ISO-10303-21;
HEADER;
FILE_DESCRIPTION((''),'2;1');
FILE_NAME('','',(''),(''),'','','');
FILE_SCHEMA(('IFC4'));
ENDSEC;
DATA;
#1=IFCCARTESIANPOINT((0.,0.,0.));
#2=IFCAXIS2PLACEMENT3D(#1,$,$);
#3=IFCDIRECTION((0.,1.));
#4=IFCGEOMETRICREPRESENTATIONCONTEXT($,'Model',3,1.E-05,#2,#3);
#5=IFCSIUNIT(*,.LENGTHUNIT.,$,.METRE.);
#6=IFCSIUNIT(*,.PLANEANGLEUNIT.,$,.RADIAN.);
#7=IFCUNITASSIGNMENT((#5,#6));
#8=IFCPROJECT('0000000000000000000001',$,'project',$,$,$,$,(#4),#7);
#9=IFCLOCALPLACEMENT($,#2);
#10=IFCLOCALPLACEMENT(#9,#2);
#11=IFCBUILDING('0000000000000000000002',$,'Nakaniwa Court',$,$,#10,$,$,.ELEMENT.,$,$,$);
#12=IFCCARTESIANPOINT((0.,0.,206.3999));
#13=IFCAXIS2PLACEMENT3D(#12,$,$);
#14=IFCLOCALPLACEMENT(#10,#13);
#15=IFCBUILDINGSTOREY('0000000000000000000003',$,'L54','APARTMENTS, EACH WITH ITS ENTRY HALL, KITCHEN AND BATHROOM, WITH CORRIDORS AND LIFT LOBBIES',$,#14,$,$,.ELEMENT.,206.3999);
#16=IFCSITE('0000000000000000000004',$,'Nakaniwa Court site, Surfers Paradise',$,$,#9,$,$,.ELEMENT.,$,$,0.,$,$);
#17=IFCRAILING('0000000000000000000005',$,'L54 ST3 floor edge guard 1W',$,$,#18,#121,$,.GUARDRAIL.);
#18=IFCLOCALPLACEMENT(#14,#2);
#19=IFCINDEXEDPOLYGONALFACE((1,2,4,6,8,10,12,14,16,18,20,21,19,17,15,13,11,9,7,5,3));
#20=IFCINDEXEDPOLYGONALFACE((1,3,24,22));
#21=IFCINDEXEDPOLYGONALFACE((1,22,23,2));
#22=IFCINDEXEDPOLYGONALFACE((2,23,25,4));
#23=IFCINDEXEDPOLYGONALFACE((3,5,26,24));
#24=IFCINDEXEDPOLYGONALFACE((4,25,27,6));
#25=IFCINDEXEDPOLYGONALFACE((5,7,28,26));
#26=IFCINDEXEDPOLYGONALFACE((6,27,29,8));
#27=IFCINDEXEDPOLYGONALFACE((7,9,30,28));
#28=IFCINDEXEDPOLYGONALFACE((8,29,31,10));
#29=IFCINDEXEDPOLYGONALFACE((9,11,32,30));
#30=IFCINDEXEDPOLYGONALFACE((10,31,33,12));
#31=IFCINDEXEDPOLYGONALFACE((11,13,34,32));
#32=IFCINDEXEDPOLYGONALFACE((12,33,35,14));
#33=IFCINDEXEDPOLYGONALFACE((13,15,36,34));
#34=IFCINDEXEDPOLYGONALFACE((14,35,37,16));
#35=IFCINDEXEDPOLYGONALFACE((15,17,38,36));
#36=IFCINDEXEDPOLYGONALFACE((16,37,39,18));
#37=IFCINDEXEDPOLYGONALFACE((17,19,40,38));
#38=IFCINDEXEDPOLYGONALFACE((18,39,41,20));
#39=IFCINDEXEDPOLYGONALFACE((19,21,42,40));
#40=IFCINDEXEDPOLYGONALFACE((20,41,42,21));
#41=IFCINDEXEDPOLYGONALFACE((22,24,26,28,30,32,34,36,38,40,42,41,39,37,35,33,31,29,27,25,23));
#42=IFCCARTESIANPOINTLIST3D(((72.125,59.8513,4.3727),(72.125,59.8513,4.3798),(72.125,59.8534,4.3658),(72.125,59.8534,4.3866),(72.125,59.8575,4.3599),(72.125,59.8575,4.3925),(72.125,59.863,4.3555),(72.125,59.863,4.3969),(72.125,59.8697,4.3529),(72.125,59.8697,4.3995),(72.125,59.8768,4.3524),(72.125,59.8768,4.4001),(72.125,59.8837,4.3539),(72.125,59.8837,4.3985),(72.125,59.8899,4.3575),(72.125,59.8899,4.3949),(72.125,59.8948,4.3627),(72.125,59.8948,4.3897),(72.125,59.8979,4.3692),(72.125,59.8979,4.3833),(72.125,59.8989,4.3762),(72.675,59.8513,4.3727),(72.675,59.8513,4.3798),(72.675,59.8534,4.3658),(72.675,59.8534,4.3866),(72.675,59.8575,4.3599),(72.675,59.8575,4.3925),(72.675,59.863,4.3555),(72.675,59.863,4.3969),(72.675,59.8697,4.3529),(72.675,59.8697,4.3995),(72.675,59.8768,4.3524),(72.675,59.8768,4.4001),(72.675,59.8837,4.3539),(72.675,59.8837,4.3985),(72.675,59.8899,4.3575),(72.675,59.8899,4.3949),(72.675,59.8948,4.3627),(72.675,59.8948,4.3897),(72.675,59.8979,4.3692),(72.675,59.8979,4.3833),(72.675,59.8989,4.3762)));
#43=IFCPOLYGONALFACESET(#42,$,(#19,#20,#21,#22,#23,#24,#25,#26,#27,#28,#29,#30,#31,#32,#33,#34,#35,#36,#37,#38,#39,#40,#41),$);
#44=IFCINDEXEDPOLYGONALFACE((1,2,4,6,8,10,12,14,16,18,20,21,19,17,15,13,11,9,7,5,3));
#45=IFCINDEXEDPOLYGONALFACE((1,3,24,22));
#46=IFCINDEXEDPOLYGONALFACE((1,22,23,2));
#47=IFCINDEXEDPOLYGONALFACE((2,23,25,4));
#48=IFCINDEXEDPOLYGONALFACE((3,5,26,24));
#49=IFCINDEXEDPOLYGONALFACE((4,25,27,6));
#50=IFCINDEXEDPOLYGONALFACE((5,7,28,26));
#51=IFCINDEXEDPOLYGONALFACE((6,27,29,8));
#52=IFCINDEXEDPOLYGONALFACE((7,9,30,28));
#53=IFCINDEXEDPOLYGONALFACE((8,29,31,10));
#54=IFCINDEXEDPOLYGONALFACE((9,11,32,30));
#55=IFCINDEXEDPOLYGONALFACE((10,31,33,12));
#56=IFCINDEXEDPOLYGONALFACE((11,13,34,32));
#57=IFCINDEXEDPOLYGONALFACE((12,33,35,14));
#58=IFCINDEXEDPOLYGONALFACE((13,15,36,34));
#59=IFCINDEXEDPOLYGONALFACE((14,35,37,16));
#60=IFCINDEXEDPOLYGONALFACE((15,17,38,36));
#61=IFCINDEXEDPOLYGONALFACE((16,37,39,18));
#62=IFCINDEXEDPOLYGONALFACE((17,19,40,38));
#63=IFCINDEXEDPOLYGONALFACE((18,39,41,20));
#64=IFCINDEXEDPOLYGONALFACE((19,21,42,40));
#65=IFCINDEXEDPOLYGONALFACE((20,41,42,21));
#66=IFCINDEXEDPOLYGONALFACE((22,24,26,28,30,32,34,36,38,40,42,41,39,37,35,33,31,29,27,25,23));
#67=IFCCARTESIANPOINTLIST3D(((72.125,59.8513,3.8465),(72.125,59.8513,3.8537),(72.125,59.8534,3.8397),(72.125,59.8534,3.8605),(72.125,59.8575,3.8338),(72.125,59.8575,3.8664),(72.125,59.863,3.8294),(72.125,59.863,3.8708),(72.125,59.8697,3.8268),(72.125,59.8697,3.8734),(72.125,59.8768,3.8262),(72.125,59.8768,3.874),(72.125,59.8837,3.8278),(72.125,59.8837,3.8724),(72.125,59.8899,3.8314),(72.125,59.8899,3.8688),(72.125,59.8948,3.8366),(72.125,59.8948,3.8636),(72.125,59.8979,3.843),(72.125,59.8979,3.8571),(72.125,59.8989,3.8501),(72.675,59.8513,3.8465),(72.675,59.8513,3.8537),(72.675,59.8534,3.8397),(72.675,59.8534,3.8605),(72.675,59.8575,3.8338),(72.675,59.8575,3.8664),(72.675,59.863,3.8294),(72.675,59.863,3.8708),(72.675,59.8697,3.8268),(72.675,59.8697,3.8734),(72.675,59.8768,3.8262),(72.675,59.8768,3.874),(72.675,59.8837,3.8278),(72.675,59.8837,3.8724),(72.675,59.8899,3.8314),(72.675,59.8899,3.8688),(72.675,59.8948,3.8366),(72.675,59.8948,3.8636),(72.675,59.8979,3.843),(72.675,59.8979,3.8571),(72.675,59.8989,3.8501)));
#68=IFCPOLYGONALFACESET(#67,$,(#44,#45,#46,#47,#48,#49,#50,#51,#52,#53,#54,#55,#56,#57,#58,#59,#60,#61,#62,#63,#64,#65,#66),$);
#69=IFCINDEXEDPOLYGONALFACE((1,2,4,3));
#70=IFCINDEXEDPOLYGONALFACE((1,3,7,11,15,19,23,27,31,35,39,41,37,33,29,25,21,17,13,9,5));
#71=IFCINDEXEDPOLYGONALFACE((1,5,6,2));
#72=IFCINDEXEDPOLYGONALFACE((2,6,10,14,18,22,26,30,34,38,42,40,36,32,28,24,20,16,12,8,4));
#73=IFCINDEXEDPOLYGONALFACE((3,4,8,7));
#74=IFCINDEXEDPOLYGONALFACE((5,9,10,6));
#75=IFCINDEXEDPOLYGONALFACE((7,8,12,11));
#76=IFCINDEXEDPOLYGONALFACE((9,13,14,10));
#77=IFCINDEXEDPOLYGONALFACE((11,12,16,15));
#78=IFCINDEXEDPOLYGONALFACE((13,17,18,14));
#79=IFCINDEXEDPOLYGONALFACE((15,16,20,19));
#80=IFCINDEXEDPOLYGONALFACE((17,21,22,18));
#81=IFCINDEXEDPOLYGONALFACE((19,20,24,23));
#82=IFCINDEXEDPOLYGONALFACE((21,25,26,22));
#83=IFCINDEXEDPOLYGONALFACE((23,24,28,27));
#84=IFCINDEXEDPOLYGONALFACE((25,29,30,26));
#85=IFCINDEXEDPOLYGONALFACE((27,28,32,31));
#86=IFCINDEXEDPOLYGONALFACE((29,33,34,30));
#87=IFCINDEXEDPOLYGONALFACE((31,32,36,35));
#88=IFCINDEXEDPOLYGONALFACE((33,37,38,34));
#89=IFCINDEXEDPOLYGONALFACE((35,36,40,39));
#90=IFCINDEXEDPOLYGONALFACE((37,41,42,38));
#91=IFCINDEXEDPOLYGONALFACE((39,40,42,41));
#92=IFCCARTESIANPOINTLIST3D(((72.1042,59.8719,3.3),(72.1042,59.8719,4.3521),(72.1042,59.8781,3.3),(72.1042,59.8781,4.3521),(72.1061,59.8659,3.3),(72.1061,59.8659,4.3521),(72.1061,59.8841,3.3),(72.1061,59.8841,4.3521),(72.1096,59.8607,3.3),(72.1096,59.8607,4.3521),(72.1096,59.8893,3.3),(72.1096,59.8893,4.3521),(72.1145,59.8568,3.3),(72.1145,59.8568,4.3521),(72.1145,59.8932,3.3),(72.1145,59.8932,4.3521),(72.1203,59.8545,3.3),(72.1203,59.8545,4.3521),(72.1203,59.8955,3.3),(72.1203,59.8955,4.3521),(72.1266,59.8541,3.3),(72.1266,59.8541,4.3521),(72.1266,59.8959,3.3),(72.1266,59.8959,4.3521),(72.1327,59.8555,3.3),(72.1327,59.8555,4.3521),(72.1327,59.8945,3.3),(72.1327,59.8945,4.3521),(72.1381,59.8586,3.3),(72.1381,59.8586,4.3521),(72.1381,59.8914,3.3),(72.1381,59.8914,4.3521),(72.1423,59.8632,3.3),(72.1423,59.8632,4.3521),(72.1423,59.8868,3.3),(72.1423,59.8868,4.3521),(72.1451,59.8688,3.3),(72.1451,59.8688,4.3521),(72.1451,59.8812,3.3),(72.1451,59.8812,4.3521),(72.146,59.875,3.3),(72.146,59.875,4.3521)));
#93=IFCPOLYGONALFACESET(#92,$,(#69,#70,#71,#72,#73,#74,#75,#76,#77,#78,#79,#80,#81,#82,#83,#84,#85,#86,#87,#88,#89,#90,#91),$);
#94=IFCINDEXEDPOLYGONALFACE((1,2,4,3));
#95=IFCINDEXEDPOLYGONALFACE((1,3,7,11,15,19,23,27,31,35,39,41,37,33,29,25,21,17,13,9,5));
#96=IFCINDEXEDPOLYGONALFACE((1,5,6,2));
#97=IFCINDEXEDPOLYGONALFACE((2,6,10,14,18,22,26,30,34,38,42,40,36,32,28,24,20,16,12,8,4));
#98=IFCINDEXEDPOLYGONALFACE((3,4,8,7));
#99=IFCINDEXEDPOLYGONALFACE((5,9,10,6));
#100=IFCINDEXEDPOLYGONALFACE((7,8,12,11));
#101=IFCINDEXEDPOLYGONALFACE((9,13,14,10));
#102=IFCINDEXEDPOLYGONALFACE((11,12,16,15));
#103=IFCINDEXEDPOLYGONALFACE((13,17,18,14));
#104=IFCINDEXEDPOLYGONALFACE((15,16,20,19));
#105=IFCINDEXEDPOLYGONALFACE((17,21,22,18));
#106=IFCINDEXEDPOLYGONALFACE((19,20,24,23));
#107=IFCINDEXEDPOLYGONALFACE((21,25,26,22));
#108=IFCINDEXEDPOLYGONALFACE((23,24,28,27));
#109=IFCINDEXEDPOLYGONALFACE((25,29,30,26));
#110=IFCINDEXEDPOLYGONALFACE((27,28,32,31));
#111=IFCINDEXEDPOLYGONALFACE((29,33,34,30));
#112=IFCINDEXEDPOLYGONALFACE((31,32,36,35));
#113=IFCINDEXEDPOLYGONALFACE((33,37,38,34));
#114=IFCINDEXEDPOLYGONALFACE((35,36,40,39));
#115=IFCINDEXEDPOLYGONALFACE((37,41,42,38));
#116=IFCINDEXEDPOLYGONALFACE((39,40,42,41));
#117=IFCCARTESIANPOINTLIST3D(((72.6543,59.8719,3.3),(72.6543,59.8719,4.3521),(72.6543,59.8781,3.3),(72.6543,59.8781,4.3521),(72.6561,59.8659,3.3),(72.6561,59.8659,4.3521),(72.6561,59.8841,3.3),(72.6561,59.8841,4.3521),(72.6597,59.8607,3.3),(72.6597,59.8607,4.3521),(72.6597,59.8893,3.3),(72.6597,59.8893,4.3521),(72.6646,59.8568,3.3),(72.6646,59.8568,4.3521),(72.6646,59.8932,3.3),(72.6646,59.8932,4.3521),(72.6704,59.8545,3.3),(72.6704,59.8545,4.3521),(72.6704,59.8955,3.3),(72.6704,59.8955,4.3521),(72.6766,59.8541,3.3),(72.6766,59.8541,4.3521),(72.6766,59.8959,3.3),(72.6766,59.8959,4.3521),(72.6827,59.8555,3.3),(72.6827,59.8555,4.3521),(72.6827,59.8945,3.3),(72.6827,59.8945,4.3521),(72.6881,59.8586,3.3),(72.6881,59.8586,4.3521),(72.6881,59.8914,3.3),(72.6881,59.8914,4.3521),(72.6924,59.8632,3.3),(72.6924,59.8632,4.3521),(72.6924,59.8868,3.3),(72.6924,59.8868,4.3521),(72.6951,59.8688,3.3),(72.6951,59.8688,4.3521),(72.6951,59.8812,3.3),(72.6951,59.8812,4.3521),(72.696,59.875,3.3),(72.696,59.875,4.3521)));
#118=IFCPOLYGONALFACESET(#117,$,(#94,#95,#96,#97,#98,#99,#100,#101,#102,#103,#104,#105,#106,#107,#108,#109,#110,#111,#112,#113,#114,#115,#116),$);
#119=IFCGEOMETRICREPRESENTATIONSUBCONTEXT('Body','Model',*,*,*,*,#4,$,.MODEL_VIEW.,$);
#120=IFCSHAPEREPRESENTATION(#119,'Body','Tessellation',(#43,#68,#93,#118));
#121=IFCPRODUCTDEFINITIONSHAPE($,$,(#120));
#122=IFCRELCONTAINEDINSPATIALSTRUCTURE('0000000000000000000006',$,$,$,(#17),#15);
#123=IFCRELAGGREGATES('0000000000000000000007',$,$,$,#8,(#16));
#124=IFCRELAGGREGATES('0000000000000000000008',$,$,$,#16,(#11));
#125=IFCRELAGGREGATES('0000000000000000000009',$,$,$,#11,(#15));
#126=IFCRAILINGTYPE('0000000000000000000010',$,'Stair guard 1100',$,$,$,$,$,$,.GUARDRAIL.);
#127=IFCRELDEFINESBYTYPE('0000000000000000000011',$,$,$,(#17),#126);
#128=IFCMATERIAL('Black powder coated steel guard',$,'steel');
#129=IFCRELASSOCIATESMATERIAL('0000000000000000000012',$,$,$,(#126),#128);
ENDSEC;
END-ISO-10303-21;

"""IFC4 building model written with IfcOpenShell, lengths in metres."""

from ifc_helpers import new_model, si_unit, direction, frame, origin, origin_2d, place, context, subcontext, project, spatial, circle, extrude, material, type_object, element, save


model = new_model("IFC4")

# Units and contexts
model_context = context("Model", 3, precision=1e-05, world=origin(), true_north=direction((0.0, 1.0)))
body_context = subcontext(model_context, "Body", "Model", "MODEL_VIEW")
ifc_project = project(units=[si_unit("LENGTHUNIT", "METRE"), si_unit("PLANEANGLEUNIT", "RADIAN")], contexts=[model_context])

# Site, building, storey
site_placement = place(None, origin())
site = spatial("IfcSite", under=ifc_project, at=site_placement, Name="Nakaniwa Court site, Surfers Paradise", CompositionType="ELEMENT", RefElevation=0.0)
building_placement = place(site_placement, origin())
building = spatial("IfcBuilding", under=site, at=building_placement, Name="Nakaniwa Court", CompositionType="ELEMENT")
storey_placement = place(building_placement, frame((0.0, 0.0, 206.3999)))
storey = spatial("IfcBuildingStorey", under=building, at=storey_placement, Name="L54", Description="APARTMENTS, EACH WITH ITS ENTRY HALL, KITCHEN AND BATHROOM, WITH CORRIDORS AND LIFT LOBBIES", CompositionType="ELEMENT", Elevation=206.3999)

# Railing
ifc_material_1 = material(Name="Black powder coated steel guard", Category="steel")
railing_type_1 = type_object("IfcRailingType", Name="Stair guard 1100", PredefinedType="GUARDRAIL", material=ifc_material_1)
for number, where, name in (
    (1, (72.125, 59.875, 3.3), "L54 ST3 floor edge guard 1W"),
):
    element("IfcRailing", number, at=place(storey_placement, frame(where)), inside=storey, type_object=railing_type_1, Name=name, PredefinedType="GUARDRAIL", context=body_context, shape_type="SweptSolid", body=[
        extrude(circle(Radius=0.0239, at=origin_2d()), frame((0.0, 0.0, 1.0762), z_axis=(1.0, 0.0, 0.0), x_axis=(0.0, 1.0, 0.0)), (0.0, 0.0, 1.0), 0.55),
        extrude(circle(Radius=0.0239, at=origin_2d()), frame((0.0, 0.0, 0.55), z_axis=(1.0, 0.0, 0.0), x_axis=(0.0, 1.0, 0.0)), (0.0, 0.0, 1.0), 0.55),
        extrude(circle(Radius=0.021, at=origin_2d()), origin(), (0.0, 0.0, 1.0), 1.052),
        extrude(circle(Radius=0.021, at=origin_2d()), frame((0.55, 0.0, 0.0)), (0.0, 0.0, 1.0), 1.052),
    ])

save(model, "model.ifc")
